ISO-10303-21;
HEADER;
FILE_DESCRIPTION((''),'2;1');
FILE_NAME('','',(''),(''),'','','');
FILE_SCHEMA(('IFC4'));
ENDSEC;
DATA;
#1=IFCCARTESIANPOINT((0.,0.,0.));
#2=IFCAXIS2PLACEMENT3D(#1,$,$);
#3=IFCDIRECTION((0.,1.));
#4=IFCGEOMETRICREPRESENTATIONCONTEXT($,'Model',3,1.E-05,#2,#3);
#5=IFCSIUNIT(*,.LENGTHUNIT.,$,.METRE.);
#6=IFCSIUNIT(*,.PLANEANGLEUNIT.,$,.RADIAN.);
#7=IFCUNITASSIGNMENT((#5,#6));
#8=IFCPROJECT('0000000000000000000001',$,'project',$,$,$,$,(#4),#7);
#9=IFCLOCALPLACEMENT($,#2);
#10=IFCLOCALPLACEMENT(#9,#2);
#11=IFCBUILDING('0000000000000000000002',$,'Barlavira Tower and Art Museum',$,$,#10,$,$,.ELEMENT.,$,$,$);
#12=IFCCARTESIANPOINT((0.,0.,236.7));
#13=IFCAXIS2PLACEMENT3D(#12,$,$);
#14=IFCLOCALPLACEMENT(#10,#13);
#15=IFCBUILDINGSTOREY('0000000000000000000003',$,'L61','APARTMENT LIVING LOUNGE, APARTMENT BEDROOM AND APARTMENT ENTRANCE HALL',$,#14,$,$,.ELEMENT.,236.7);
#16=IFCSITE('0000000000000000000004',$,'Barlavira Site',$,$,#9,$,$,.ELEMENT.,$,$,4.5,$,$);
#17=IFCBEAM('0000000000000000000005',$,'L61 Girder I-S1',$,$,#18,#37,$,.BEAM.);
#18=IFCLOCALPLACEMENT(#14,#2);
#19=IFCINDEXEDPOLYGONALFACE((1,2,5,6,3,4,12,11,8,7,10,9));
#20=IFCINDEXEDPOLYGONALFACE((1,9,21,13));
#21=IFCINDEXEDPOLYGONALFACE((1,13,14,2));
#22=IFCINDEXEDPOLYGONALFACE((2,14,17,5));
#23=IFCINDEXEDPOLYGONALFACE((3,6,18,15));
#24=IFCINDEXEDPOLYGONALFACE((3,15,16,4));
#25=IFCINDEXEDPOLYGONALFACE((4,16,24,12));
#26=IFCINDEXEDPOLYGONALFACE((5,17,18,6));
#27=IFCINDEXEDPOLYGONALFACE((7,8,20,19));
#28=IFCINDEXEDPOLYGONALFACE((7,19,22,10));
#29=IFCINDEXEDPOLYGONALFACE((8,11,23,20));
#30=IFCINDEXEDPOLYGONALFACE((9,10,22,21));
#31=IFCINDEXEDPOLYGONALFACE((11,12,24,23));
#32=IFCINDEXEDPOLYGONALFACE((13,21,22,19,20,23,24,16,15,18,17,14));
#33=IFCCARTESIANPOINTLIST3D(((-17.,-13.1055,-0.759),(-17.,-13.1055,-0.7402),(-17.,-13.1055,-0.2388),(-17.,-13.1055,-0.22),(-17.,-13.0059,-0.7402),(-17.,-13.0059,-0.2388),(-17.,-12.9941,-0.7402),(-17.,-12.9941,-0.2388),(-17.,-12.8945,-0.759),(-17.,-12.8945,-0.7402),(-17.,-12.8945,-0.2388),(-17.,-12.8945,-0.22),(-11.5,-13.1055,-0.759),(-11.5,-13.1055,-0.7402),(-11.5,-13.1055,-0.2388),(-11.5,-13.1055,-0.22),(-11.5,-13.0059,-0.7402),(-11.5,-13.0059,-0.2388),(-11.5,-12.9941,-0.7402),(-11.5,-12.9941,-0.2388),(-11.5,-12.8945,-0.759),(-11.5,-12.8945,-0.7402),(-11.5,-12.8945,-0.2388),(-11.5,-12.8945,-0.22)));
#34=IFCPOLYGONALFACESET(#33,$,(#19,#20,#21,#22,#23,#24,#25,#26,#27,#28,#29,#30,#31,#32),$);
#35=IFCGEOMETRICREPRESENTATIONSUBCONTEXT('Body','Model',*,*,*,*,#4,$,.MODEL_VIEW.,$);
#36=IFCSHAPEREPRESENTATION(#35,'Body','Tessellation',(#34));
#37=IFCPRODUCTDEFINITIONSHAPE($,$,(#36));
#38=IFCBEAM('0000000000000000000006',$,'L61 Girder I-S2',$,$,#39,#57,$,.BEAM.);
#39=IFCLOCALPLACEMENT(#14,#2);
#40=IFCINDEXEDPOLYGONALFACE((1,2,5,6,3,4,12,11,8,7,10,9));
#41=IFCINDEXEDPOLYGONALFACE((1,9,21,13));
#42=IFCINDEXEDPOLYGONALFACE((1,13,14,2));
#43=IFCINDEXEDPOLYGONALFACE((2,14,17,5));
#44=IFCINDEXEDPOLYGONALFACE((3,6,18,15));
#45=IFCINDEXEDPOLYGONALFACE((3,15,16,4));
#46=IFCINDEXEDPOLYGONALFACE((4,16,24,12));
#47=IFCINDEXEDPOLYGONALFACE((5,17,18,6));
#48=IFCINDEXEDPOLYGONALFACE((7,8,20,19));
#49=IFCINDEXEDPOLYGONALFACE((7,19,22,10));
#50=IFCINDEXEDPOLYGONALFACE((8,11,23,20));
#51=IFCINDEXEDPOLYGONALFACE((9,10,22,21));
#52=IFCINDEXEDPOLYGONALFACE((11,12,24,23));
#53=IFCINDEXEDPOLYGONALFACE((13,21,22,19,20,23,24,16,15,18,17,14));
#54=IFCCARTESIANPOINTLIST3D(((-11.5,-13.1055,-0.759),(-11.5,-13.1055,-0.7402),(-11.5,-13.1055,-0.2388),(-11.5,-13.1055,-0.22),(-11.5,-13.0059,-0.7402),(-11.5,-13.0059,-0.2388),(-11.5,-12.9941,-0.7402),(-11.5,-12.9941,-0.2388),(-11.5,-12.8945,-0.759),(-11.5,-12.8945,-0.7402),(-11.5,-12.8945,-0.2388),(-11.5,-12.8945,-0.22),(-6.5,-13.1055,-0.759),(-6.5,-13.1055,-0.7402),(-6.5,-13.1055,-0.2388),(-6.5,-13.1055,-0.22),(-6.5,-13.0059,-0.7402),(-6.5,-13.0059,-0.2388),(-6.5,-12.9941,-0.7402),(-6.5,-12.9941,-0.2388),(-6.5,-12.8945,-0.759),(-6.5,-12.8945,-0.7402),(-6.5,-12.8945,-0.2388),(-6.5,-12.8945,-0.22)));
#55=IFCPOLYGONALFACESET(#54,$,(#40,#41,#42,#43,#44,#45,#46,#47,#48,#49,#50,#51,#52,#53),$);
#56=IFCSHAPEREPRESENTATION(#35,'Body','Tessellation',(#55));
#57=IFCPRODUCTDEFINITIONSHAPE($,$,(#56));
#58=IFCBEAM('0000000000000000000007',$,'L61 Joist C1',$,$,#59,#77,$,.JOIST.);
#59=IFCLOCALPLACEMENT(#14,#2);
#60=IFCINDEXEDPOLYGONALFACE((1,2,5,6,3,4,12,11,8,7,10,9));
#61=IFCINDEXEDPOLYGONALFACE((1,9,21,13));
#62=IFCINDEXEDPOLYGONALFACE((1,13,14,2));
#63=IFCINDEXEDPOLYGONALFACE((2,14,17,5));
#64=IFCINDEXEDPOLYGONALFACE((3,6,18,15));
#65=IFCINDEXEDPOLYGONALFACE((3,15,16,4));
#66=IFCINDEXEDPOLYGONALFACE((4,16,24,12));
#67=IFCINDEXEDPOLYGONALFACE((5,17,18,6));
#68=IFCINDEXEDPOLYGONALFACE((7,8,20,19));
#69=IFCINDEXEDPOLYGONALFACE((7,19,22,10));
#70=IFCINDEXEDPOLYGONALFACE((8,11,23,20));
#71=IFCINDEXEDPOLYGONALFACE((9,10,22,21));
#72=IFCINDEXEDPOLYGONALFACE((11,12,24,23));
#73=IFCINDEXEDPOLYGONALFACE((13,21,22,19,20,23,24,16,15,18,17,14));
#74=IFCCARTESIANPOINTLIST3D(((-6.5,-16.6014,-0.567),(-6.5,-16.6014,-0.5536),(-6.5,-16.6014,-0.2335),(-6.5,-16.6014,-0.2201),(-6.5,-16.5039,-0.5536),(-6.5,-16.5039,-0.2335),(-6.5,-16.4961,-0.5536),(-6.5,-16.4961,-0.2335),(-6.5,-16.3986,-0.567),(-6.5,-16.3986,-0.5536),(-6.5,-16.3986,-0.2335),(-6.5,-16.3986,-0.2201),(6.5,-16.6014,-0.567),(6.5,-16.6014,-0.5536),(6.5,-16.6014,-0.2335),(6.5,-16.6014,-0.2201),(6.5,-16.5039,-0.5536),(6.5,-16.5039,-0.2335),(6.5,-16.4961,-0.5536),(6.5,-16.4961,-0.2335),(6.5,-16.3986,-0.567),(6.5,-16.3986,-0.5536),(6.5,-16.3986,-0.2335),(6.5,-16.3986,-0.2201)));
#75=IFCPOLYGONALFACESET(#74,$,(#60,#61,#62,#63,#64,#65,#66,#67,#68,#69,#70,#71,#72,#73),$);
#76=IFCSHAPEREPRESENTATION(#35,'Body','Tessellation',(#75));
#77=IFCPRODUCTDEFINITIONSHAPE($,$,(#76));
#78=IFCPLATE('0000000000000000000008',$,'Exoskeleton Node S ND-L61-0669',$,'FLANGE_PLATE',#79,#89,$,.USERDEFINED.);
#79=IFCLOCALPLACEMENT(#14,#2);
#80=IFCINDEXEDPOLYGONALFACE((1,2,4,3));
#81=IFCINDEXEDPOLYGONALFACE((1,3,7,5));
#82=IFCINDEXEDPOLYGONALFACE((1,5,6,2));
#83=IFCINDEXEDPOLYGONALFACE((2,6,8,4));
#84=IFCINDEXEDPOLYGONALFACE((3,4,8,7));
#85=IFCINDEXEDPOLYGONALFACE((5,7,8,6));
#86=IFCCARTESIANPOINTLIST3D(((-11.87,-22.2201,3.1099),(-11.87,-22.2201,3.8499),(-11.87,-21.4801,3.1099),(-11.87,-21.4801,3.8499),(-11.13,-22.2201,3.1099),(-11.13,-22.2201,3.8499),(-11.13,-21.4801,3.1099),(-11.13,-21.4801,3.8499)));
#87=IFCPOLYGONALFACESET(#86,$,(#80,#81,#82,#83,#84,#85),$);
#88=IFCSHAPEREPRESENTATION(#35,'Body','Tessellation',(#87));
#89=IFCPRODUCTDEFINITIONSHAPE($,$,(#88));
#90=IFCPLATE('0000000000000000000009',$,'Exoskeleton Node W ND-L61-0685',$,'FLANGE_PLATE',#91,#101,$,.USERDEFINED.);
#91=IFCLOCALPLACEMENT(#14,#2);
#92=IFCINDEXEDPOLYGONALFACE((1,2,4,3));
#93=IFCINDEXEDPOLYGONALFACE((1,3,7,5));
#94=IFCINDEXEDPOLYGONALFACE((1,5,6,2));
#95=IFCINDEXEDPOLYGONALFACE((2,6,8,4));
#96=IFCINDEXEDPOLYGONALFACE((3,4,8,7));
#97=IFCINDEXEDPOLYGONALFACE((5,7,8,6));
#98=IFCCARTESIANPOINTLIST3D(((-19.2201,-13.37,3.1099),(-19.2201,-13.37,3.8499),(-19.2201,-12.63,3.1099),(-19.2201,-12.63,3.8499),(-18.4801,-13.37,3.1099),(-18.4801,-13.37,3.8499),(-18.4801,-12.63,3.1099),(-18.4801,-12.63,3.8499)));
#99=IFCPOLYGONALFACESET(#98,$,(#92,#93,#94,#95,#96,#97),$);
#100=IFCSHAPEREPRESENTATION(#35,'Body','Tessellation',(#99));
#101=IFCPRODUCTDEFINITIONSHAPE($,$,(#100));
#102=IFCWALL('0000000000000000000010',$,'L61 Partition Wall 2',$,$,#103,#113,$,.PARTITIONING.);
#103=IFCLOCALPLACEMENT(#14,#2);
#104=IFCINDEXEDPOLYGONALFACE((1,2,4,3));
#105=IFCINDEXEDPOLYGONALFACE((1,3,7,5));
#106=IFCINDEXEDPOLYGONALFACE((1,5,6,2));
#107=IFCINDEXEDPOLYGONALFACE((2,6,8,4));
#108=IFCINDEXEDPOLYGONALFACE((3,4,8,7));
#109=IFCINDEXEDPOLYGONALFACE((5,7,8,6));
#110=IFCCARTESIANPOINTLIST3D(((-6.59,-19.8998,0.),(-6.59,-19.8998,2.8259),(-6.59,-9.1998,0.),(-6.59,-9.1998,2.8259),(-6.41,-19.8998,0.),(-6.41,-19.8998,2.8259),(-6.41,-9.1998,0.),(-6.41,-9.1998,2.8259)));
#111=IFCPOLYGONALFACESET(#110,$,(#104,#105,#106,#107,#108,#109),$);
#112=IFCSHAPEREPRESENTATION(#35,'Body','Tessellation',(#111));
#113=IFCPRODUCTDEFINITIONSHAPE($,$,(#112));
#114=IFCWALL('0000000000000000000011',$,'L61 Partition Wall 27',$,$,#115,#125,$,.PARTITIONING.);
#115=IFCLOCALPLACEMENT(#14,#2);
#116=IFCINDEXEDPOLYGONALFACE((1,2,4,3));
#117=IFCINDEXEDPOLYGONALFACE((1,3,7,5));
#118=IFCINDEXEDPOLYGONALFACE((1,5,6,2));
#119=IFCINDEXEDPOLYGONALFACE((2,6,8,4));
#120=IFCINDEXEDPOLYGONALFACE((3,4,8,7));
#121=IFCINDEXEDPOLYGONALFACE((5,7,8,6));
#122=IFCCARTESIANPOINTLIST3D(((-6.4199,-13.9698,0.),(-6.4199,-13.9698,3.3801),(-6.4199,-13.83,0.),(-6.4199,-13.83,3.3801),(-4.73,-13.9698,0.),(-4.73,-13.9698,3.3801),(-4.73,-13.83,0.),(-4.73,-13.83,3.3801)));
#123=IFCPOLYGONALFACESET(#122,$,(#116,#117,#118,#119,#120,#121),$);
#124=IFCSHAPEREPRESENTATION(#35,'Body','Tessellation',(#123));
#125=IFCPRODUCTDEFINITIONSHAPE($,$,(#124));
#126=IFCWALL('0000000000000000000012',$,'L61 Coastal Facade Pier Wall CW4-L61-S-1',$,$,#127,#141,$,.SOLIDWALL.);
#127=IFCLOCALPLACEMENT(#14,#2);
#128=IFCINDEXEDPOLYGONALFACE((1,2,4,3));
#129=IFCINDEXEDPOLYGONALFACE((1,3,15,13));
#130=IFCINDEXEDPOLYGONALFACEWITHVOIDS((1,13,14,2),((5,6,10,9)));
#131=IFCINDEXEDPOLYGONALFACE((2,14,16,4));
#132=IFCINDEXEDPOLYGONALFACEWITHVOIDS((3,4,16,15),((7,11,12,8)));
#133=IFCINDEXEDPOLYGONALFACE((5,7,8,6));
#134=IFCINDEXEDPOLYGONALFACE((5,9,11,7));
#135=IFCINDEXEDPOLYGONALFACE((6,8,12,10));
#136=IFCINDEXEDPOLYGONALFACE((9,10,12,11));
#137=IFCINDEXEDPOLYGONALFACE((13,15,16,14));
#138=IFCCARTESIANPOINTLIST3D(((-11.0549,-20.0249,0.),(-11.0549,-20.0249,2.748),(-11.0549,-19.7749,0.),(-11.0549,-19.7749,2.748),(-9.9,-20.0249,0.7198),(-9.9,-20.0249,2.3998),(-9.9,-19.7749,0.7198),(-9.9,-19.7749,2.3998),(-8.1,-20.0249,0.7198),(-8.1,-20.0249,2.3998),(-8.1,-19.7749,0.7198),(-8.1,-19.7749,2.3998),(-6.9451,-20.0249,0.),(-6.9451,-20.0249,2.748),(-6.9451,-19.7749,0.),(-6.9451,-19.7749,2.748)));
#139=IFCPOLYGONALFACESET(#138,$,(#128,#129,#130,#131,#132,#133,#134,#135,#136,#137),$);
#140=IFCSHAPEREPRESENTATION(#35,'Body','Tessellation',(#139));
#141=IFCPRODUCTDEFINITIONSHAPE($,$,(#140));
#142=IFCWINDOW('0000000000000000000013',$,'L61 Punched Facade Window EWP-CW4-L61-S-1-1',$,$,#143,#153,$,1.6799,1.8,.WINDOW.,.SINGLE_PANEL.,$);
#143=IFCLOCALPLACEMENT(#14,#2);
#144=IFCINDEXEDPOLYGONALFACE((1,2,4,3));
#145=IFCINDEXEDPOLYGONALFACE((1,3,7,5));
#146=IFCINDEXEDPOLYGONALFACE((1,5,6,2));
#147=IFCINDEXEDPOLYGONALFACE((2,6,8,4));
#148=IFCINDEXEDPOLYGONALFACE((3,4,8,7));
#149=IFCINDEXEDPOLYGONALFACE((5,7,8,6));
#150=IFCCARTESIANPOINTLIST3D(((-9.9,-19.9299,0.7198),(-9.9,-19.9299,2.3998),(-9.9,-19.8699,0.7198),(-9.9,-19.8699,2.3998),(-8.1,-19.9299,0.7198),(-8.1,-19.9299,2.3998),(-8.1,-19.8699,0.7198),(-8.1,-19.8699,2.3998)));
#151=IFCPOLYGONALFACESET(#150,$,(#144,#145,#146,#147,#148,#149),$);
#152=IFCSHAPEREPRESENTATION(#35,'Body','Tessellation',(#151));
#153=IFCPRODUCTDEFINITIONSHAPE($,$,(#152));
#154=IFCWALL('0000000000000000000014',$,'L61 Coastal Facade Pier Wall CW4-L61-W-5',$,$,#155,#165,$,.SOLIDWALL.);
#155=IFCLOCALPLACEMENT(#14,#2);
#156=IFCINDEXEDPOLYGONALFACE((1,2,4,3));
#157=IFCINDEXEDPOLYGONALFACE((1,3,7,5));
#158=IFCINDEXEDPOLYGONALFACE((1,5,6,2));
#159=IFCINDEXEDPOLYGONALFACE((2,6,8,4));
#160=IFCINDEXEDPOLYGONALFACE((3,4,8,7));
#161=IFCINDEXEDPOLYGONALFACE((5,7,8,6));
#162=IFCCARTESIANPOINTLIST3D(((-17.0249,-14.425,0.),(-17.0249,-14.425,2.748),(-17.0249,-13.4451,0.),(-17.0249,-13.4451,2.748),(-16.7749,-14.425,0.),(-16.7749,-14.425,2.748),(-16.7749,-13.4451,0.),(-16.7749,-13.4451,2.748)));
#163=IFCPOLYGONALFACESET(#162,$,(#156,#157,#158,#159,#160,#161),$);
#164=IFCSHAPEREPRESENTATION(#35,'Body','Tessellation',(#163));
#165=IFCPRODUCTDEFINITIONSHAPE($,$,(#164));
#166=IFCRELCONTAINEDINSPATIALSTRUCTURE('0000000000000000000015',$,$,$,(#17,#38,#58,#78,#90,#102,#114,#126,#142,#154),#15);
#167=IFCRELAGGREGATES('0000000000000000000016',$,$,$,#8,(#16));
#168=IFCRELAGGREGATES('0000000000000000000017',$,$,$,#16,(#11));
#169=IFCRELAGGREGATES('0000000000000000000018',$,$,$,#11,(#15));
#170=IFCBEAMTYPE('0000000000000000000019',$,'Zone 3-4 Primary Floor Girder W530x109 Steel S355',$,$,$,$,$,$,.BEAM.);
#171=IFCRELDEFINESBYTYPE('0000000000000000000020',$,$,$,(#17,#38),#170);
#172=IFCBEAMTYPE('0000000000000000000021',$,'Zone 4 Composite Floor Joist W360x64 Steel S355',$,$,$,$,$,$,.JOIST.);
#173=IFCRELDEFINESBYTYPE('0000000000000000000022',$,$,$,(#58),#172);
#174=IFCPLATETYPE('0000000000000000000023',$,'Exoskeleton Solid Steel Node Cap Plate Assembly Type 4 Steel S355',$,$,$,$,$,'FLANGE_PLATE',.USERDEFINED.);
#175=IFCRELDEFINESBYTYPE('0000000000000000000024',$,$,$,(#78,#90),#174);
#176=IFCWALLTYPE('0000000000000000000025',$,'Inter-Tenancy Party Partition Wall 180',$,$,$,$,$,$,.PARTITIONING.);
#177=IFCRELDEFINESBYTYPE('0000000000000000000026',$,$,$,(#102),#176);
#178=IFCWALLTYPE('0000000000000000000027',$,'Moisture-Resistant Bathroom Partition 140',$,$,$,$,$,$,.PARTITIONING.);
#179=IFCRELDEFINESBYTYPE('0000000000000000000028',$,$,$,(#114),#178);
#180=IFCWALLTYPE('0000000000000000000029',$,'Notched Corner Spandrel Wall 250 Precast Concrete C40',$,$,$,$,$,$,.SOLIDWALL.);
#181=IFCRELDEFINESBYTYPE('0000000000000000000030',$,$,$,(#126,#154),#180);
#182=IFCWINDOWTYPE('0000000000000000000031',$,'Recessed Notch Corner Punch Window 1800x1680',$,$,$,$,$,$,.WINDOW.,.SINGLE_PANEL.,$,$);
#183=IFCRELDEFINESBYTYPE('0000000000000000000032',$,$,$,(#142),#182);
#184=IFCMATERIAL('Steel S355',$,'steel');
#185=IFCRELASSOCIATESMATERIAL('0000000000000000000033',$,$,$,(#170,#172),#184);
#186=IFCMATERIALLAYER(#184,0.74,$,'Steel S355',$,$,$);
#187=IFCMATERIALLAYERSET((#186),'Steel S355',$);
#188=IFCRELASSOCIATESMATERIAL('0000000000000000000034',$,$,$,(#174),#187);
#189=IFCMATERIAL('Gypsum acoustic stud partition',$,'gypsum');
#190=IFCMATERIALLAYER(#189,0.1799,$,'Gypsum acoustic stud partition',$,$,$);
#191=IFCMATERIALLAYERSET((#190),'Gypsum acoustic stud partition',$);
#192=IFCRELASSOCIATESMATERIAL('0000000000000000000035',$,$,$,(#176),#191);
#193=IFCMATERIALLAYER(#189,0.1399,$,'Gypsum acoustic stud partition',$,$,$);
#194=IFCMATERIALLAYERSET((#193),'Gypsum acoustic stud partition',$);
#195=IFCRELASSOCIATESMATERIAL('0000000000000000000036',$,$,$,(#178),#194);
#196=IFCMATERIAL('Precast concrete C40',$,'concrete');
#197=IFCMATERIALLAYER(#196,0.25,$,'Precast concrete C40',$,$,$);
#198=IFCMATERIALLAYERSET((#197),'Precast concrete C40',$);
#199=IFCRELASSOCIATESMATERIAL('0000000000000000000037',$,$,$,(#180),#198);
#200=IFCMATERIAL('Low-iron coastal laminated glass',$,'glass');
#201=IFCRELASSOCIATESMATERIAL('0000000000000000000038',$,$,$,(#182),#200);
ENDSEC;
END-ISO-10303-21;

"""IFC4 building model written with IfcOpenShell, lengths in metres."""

from ifc_helpers import new_model, si_unit, direction, frame, frame_2d, origin, origin_2d, place, context, subcontext, project, spatial, rectangle, i_section, extrude, material, layer, layer_set, material_profile, profile_set, type_object, element, fill, save


model = new_model("IFC4")

# Units and contexts
model_context = context("Model", 3, precision=1e-05, world=origin(), true_north=direction((0.0, 1.0)))
body_context = subcontext(model_context, "Body", "Model", "MODEL_VIEW")
ifc_project = project(units=[si_unit("LENGTHUNIT", "METRE"), si_unit("PLANEANGLEUNIT", "RADIAN")], contexts=[model_context])

# Site, building, storey
site_placement = place(None, origin())
site = spatial("IfcSite", under=ifc_project, at=site_placement, Name="Barlavira Site", CompositionType="ELEMENT", RefElevation=4.5)
building_placement = place(site_placement, origin())
building = spatial("IfcBuilding", under=site, at=building_placement, Name="Barlavira Tower and Art Museum", CompositionType="ELEMENT")
storey_placement = place(building_placement, frame((0.0, 0.0, 236.7)))
storey = spatial("IfcBuildingStorey", under=building, at=storey_placement, Name="L61", Description="APARTMENT LIVING LOUNGE, APARTMENT BEDROOM AND APARTMENT ENTRANCE HALL", CompositionType="ELEMENT", Elevation=236.7)

# Shared definitions
ifc_material_1 = material(Name="Low-iron coastal laminated glass", Category="glass")

# Beams
ifc_material_2 = material(Name="Steel S355", Category="steel")
ifc_material_profile_1 = material_profile(ifc_material_2, i_section(OverallWidth=0.2109, OverallDepth=0.5391, WebThickness=0.0117, FlangeThickness=0.0188, at=origin_2d()), Name="W530x109.0")
ifc_profile_set_1 = profile_set([ifc_material_profile_1], Name="Steel S355")
beam_type_1 = type_object("IfcBeamType", Name="Zone 3-4 Primary Floor Girder W530x109 Steel S355", PredefinedType="BEAM", material=ifc_profile_set_1)
beam_1_placement = place(storey_placement, frame((-17.0, -13.0, -0.4895), z_axis=(1.0, 0.0, 0.0), x_axis=(0.0, 1.0, 0.0)))
element("IfcBeam", 1, at=beam_1_placement, inside=storey, type_object=beam_type_1, Name="L61 Girder I-S1", PredefinedType="BEAM", context=body_context, shape_type="SweptSolid", body=[
    extrude(i_section(OverallWidth=0.2109, OverallDepth=0.5391, WebThickness=0.0117, FlangeThickness=0.0188, at=origin_2d()), origin(), (0.0, 0.0, 1.0), 5.5),
])
beam_2_placement = place(storey_placement, frame((-11.5, -13.0, -0.4895), z_axis=(1.0, 0.0, 0.0), x_axis=(0.0, 1.0, 0.0)))
element("IfcBeam", 2, at=beam_2_placement, inside=storey, type_object=beam_type_1, Name="L61 Girder I-S2", PredefinedType="BEAM", context=body_context, shape_type="SweptSolid", body=[
    extrude(i_section(OverallWidth=0.2109, OverallDepth=0.5391, WebThickness=0.0117, FlangeThickness=0.0188, at=origin_2d()), origin(), (0.0, 0.0, 1.0), 5.0),
])
ifc_material_profile_2 = material_profile(ifc_material_2, i_section(OverallWidth=0.2029, OverallDepth=0.3469, WebThickness=0.0078, FlangeThickness=0.0134, at=origin_2d()), Name="W360x64.0")
ifc_profile_set_2 = profile_set([ifc_material_profile_2], Name="Steel S355")
beam_type_2 = type_object("IfcBeamType", Name="Zone 4 Composite Floor Joist W360x64 Steel S355", PredefinedType="JOIST", material=ifc_profile_set_2)
beam_3_placement = place(storey_placement, frame((-6.5, -16.5, -0.3936), z_axis=(1.0, 0.0, 0.0), x_axis=(0.0, 1.0, 0.0)))
element("IfcBeam", 3, at=beam_3_placement, inside=storey, type_object=beam_type_2, Name="L61 Joist C1", PredefinedType="JOIST", context=body_context, shape_type="SweptSolid", body=[
    extrude(i_section(OverallWidth=0.2029, OverallDepth=0.3469, WebThickness=0.0078, FlangeThickness=0.0134, at=origin_2d()), origin(), (0.0, 0.0, 1.0), 13.0),
])

# Plates
ifc_layer_1 = layer(ifc_material_2, 0.74, Name="Steel S355")
ifc_layer_set_1 = layer_set([ifc_layer_1], Name="Steel S355")
plate_type = type_object("IfcPlateType", Name="Exoskeleton Solid Steel Node Cap Plate Assembly Type 4 Steel S355", ElementType="FLANGE_PLATE", PredefinedType="USERDEFINED", material=ifc_layer_set_1)
for number, where, z_axis, x_axis, name in (
    (4, (-11.5, -21.8501, 3.1099), (0.0, 0.0, 1.0), (1.0, 0.0, 0.0), "Exoskeleton Node S ND-L61-0669"),
    (5, (-18.8501, -13.0, 3.1099), (0.0, 0.0, 1.0), (1.0, 0.0, 0.0), "Exoskeleton Node W ND-L61-0685"),
):
    element("IfcPlate", number, at=place(storey_placement, frame(where, z_axis=z_axis, x_axis=x_axis)), inside=storey, type_object=plate_type, Name=name, ObjectType="FLANGE_PLATE", PredefinedType="USERDEFINED", context=body_context, shape_type="SweptSolid", body=[
        extrude(rectangle(XDim=0.74, YDim=0.74, at=origin_2d()), origin(), (0.0, 0.0, 1.0), 0.74),
    ])

# Walls
ifc_material_3 = material(Name="Gypsum acoustic stud partition", Category="gypsum")
ifc_layer_2 = layer(ifc_material_3, 0.1799, Name="Gypsum acoustic stud partition")
ifc_layer_set_2 = layer_set([ifc_layer_2], Name="Gypsum acoustic stud partition")
wall_type_1 = type_object("IfcWallType", Name="Inter-Tenancy Party Partition Wall 180", PredefinedType="PARTITIONING", material=ifc_layer_set_2)
wall_1_placement = place(storey_placement, frame((-6.5, -19.8999, 0.0), z_axis=(0.0, 0.0, 1.0), x_axis=(0.0, 1.0, 0.0)))
element("IfcWall", 6, at=wall_1_placement, inside=storey, type_object=wall_type_1, Name="L61 Partition Wall 2", PredefinedType="PARTITIONING", context=body_context, shape_type="SweptSolid", body=[
    extrude(rectangle(XDim=10.7, YDim=0.1799, at=frame_2d((5.3501, 0.0))), origin(), (0.0, 0.0, 1.0), 2.8259),
])
ifc_layer_3 = layer(ifc_material_3, 0.1399, Name="Gypsum acoustic stud partition")
ifc_layer_set_3 = layer_set([ifc_layer_3], Name="Gypsum acoustic stud partition")
wall_type_2 = type_object("IfcWallType", Name="Moisture-Resistant Bathroom Partition 140", PredefinedType="PARTITIONING", material=ifc_layer_set_3)
wall_2_placement = place(storey_placement, frame((-6.4199, -13.8999, 0.0), z_axis=(0.0, 0.0, 1.0), x_axis=(1.0, 0.0, 0.0)))
element("IfcWall", 7, at=wall_2_placement, inside=storey, type_object=wall_type_2, Name="L61 Partition Wall 27", PredefinedType="PARTITIONING", context=body_context, shape_type="SweptSolid", body=[
    extrude(rectangle(XDim=1.6899, YDim=0.1399, at=frame_2d((0.845, 0.0))), origin(), (0.0, 0.0, 1.0), 3.3801),
])

# Wall, opening, window
ifc_material_4 = material(Name="Precast concrete C40", Category="concrete")
ifc_layer_4 = layer(ifc_material_4, 0.25, Name="Precast concrete C40")
ifc_layer_set_4 = layer_set([ifc_layer_4], Name="Precast concrete C40")
wall_type_3 = type_object("IfcWallType", Name="Notched Corner Spandrel Wall 250 Precast Concrete C40", PredefinedType="SOLIDWALL", material=ifc_layer_set_4)
wall_3_placement = place(storey_placement, frame((-11.0549, -19.8999, 0.0), z_axis=(0.0, 0.0, 1.0), x_axis=(1.0, 0.0, 0.0)))
wall_3 = element("IfcWall", 8, at=wall_3_placement, inside=storey, type_object=wall_type_3, Name="L61 Coastal Facade Pier Wall CW4-L61-S-1", PredefinedType="SOLIDWALL", context=body_context, shape_type="SweptSolid", body=[
    extrude(rectangle(XDim=4.1099, YDim=0.25, at=frame_2d((2.0549, 0.0))), origin(), (0.0, 0.0, 1.0), 2.748),
])
opening_1_placement = place(wall_3_placement, frame((1.155, 0.0, 0.72)))
opening_1 = element("IfcOpeningElement", 9, at=opening_1_placement, cuts=wall_3, PredefinedType="OPENING", context=body_context, shape_type="SweptSolid", body=[
    extrude(rectangle(XDim=1.8, YDim=1.6799, at=frame_2d((0.8999, 0.8398))), frame((0.0, 0.135, 0.0), z_axis=(0.0, -1.0, 0.0), x_axis=(1.0, 0.0, 0.0)), (0.0, 0.0, 1.0), 0.27),
])
window_type = type_object("IfcWindowType", Name="Recessed Notch Corner Punch Window 1800x1680", PartitioningType="SINGLE_PANEL", PredefinedType="WINDOW", material=ifc_material_1)
window_1_placement = place(opening_1_placement, origin())
window_1 = element("IfcWindow", 10, at=window_1_placement, inside=storey, type_object=window_type, Name="L61 Punched Facade Window EWP-CW4-L61-S-1-1", OverallHeight=1.6799, OverallWidth=1.8, PartitioningType="SINGLE_PANEL", PredefinedType="WINDOW", context=body_context, shape_type="SweptSolid", body=[
    extrude(rectangle(XDim=1.8, YDim=1.6799, at=frame_2d((0.8999, 0.8398))), frame((0.0, 0.03, 0.0), z_axis=(0.0, -1.0, 0.0), x_axis=(1.0, 0.0, 0.0)), (0.0, 0.0, 1.0), 0.0601),
])
fill(opening_1, window_1)

# Wall
wall_4_placement = place(storey_placement, frame((-16.8999, -13.4451, 0.0), z_axis=(0.0, 0.0, 1.0), x_axis=(0.0, -1.0, 0.0)))
element("IfcWall", 11, at=wall_4_placement, inside=storey, type_object=wall_type_3, Name="L61 Coastal Facade Pier Wall CW4-L61-W-5", PredefinedType="SOLIDWALL", context=body_context, shape_type="SweptSolid", body=[
    extrude(rectangle(XDim=0.98, YDim=0.25, at=frame_2d((0.49, 0.0))), origin(), (0.0, 0.0, 1.0), 2.748),
])

save(model, "model.ifc")
